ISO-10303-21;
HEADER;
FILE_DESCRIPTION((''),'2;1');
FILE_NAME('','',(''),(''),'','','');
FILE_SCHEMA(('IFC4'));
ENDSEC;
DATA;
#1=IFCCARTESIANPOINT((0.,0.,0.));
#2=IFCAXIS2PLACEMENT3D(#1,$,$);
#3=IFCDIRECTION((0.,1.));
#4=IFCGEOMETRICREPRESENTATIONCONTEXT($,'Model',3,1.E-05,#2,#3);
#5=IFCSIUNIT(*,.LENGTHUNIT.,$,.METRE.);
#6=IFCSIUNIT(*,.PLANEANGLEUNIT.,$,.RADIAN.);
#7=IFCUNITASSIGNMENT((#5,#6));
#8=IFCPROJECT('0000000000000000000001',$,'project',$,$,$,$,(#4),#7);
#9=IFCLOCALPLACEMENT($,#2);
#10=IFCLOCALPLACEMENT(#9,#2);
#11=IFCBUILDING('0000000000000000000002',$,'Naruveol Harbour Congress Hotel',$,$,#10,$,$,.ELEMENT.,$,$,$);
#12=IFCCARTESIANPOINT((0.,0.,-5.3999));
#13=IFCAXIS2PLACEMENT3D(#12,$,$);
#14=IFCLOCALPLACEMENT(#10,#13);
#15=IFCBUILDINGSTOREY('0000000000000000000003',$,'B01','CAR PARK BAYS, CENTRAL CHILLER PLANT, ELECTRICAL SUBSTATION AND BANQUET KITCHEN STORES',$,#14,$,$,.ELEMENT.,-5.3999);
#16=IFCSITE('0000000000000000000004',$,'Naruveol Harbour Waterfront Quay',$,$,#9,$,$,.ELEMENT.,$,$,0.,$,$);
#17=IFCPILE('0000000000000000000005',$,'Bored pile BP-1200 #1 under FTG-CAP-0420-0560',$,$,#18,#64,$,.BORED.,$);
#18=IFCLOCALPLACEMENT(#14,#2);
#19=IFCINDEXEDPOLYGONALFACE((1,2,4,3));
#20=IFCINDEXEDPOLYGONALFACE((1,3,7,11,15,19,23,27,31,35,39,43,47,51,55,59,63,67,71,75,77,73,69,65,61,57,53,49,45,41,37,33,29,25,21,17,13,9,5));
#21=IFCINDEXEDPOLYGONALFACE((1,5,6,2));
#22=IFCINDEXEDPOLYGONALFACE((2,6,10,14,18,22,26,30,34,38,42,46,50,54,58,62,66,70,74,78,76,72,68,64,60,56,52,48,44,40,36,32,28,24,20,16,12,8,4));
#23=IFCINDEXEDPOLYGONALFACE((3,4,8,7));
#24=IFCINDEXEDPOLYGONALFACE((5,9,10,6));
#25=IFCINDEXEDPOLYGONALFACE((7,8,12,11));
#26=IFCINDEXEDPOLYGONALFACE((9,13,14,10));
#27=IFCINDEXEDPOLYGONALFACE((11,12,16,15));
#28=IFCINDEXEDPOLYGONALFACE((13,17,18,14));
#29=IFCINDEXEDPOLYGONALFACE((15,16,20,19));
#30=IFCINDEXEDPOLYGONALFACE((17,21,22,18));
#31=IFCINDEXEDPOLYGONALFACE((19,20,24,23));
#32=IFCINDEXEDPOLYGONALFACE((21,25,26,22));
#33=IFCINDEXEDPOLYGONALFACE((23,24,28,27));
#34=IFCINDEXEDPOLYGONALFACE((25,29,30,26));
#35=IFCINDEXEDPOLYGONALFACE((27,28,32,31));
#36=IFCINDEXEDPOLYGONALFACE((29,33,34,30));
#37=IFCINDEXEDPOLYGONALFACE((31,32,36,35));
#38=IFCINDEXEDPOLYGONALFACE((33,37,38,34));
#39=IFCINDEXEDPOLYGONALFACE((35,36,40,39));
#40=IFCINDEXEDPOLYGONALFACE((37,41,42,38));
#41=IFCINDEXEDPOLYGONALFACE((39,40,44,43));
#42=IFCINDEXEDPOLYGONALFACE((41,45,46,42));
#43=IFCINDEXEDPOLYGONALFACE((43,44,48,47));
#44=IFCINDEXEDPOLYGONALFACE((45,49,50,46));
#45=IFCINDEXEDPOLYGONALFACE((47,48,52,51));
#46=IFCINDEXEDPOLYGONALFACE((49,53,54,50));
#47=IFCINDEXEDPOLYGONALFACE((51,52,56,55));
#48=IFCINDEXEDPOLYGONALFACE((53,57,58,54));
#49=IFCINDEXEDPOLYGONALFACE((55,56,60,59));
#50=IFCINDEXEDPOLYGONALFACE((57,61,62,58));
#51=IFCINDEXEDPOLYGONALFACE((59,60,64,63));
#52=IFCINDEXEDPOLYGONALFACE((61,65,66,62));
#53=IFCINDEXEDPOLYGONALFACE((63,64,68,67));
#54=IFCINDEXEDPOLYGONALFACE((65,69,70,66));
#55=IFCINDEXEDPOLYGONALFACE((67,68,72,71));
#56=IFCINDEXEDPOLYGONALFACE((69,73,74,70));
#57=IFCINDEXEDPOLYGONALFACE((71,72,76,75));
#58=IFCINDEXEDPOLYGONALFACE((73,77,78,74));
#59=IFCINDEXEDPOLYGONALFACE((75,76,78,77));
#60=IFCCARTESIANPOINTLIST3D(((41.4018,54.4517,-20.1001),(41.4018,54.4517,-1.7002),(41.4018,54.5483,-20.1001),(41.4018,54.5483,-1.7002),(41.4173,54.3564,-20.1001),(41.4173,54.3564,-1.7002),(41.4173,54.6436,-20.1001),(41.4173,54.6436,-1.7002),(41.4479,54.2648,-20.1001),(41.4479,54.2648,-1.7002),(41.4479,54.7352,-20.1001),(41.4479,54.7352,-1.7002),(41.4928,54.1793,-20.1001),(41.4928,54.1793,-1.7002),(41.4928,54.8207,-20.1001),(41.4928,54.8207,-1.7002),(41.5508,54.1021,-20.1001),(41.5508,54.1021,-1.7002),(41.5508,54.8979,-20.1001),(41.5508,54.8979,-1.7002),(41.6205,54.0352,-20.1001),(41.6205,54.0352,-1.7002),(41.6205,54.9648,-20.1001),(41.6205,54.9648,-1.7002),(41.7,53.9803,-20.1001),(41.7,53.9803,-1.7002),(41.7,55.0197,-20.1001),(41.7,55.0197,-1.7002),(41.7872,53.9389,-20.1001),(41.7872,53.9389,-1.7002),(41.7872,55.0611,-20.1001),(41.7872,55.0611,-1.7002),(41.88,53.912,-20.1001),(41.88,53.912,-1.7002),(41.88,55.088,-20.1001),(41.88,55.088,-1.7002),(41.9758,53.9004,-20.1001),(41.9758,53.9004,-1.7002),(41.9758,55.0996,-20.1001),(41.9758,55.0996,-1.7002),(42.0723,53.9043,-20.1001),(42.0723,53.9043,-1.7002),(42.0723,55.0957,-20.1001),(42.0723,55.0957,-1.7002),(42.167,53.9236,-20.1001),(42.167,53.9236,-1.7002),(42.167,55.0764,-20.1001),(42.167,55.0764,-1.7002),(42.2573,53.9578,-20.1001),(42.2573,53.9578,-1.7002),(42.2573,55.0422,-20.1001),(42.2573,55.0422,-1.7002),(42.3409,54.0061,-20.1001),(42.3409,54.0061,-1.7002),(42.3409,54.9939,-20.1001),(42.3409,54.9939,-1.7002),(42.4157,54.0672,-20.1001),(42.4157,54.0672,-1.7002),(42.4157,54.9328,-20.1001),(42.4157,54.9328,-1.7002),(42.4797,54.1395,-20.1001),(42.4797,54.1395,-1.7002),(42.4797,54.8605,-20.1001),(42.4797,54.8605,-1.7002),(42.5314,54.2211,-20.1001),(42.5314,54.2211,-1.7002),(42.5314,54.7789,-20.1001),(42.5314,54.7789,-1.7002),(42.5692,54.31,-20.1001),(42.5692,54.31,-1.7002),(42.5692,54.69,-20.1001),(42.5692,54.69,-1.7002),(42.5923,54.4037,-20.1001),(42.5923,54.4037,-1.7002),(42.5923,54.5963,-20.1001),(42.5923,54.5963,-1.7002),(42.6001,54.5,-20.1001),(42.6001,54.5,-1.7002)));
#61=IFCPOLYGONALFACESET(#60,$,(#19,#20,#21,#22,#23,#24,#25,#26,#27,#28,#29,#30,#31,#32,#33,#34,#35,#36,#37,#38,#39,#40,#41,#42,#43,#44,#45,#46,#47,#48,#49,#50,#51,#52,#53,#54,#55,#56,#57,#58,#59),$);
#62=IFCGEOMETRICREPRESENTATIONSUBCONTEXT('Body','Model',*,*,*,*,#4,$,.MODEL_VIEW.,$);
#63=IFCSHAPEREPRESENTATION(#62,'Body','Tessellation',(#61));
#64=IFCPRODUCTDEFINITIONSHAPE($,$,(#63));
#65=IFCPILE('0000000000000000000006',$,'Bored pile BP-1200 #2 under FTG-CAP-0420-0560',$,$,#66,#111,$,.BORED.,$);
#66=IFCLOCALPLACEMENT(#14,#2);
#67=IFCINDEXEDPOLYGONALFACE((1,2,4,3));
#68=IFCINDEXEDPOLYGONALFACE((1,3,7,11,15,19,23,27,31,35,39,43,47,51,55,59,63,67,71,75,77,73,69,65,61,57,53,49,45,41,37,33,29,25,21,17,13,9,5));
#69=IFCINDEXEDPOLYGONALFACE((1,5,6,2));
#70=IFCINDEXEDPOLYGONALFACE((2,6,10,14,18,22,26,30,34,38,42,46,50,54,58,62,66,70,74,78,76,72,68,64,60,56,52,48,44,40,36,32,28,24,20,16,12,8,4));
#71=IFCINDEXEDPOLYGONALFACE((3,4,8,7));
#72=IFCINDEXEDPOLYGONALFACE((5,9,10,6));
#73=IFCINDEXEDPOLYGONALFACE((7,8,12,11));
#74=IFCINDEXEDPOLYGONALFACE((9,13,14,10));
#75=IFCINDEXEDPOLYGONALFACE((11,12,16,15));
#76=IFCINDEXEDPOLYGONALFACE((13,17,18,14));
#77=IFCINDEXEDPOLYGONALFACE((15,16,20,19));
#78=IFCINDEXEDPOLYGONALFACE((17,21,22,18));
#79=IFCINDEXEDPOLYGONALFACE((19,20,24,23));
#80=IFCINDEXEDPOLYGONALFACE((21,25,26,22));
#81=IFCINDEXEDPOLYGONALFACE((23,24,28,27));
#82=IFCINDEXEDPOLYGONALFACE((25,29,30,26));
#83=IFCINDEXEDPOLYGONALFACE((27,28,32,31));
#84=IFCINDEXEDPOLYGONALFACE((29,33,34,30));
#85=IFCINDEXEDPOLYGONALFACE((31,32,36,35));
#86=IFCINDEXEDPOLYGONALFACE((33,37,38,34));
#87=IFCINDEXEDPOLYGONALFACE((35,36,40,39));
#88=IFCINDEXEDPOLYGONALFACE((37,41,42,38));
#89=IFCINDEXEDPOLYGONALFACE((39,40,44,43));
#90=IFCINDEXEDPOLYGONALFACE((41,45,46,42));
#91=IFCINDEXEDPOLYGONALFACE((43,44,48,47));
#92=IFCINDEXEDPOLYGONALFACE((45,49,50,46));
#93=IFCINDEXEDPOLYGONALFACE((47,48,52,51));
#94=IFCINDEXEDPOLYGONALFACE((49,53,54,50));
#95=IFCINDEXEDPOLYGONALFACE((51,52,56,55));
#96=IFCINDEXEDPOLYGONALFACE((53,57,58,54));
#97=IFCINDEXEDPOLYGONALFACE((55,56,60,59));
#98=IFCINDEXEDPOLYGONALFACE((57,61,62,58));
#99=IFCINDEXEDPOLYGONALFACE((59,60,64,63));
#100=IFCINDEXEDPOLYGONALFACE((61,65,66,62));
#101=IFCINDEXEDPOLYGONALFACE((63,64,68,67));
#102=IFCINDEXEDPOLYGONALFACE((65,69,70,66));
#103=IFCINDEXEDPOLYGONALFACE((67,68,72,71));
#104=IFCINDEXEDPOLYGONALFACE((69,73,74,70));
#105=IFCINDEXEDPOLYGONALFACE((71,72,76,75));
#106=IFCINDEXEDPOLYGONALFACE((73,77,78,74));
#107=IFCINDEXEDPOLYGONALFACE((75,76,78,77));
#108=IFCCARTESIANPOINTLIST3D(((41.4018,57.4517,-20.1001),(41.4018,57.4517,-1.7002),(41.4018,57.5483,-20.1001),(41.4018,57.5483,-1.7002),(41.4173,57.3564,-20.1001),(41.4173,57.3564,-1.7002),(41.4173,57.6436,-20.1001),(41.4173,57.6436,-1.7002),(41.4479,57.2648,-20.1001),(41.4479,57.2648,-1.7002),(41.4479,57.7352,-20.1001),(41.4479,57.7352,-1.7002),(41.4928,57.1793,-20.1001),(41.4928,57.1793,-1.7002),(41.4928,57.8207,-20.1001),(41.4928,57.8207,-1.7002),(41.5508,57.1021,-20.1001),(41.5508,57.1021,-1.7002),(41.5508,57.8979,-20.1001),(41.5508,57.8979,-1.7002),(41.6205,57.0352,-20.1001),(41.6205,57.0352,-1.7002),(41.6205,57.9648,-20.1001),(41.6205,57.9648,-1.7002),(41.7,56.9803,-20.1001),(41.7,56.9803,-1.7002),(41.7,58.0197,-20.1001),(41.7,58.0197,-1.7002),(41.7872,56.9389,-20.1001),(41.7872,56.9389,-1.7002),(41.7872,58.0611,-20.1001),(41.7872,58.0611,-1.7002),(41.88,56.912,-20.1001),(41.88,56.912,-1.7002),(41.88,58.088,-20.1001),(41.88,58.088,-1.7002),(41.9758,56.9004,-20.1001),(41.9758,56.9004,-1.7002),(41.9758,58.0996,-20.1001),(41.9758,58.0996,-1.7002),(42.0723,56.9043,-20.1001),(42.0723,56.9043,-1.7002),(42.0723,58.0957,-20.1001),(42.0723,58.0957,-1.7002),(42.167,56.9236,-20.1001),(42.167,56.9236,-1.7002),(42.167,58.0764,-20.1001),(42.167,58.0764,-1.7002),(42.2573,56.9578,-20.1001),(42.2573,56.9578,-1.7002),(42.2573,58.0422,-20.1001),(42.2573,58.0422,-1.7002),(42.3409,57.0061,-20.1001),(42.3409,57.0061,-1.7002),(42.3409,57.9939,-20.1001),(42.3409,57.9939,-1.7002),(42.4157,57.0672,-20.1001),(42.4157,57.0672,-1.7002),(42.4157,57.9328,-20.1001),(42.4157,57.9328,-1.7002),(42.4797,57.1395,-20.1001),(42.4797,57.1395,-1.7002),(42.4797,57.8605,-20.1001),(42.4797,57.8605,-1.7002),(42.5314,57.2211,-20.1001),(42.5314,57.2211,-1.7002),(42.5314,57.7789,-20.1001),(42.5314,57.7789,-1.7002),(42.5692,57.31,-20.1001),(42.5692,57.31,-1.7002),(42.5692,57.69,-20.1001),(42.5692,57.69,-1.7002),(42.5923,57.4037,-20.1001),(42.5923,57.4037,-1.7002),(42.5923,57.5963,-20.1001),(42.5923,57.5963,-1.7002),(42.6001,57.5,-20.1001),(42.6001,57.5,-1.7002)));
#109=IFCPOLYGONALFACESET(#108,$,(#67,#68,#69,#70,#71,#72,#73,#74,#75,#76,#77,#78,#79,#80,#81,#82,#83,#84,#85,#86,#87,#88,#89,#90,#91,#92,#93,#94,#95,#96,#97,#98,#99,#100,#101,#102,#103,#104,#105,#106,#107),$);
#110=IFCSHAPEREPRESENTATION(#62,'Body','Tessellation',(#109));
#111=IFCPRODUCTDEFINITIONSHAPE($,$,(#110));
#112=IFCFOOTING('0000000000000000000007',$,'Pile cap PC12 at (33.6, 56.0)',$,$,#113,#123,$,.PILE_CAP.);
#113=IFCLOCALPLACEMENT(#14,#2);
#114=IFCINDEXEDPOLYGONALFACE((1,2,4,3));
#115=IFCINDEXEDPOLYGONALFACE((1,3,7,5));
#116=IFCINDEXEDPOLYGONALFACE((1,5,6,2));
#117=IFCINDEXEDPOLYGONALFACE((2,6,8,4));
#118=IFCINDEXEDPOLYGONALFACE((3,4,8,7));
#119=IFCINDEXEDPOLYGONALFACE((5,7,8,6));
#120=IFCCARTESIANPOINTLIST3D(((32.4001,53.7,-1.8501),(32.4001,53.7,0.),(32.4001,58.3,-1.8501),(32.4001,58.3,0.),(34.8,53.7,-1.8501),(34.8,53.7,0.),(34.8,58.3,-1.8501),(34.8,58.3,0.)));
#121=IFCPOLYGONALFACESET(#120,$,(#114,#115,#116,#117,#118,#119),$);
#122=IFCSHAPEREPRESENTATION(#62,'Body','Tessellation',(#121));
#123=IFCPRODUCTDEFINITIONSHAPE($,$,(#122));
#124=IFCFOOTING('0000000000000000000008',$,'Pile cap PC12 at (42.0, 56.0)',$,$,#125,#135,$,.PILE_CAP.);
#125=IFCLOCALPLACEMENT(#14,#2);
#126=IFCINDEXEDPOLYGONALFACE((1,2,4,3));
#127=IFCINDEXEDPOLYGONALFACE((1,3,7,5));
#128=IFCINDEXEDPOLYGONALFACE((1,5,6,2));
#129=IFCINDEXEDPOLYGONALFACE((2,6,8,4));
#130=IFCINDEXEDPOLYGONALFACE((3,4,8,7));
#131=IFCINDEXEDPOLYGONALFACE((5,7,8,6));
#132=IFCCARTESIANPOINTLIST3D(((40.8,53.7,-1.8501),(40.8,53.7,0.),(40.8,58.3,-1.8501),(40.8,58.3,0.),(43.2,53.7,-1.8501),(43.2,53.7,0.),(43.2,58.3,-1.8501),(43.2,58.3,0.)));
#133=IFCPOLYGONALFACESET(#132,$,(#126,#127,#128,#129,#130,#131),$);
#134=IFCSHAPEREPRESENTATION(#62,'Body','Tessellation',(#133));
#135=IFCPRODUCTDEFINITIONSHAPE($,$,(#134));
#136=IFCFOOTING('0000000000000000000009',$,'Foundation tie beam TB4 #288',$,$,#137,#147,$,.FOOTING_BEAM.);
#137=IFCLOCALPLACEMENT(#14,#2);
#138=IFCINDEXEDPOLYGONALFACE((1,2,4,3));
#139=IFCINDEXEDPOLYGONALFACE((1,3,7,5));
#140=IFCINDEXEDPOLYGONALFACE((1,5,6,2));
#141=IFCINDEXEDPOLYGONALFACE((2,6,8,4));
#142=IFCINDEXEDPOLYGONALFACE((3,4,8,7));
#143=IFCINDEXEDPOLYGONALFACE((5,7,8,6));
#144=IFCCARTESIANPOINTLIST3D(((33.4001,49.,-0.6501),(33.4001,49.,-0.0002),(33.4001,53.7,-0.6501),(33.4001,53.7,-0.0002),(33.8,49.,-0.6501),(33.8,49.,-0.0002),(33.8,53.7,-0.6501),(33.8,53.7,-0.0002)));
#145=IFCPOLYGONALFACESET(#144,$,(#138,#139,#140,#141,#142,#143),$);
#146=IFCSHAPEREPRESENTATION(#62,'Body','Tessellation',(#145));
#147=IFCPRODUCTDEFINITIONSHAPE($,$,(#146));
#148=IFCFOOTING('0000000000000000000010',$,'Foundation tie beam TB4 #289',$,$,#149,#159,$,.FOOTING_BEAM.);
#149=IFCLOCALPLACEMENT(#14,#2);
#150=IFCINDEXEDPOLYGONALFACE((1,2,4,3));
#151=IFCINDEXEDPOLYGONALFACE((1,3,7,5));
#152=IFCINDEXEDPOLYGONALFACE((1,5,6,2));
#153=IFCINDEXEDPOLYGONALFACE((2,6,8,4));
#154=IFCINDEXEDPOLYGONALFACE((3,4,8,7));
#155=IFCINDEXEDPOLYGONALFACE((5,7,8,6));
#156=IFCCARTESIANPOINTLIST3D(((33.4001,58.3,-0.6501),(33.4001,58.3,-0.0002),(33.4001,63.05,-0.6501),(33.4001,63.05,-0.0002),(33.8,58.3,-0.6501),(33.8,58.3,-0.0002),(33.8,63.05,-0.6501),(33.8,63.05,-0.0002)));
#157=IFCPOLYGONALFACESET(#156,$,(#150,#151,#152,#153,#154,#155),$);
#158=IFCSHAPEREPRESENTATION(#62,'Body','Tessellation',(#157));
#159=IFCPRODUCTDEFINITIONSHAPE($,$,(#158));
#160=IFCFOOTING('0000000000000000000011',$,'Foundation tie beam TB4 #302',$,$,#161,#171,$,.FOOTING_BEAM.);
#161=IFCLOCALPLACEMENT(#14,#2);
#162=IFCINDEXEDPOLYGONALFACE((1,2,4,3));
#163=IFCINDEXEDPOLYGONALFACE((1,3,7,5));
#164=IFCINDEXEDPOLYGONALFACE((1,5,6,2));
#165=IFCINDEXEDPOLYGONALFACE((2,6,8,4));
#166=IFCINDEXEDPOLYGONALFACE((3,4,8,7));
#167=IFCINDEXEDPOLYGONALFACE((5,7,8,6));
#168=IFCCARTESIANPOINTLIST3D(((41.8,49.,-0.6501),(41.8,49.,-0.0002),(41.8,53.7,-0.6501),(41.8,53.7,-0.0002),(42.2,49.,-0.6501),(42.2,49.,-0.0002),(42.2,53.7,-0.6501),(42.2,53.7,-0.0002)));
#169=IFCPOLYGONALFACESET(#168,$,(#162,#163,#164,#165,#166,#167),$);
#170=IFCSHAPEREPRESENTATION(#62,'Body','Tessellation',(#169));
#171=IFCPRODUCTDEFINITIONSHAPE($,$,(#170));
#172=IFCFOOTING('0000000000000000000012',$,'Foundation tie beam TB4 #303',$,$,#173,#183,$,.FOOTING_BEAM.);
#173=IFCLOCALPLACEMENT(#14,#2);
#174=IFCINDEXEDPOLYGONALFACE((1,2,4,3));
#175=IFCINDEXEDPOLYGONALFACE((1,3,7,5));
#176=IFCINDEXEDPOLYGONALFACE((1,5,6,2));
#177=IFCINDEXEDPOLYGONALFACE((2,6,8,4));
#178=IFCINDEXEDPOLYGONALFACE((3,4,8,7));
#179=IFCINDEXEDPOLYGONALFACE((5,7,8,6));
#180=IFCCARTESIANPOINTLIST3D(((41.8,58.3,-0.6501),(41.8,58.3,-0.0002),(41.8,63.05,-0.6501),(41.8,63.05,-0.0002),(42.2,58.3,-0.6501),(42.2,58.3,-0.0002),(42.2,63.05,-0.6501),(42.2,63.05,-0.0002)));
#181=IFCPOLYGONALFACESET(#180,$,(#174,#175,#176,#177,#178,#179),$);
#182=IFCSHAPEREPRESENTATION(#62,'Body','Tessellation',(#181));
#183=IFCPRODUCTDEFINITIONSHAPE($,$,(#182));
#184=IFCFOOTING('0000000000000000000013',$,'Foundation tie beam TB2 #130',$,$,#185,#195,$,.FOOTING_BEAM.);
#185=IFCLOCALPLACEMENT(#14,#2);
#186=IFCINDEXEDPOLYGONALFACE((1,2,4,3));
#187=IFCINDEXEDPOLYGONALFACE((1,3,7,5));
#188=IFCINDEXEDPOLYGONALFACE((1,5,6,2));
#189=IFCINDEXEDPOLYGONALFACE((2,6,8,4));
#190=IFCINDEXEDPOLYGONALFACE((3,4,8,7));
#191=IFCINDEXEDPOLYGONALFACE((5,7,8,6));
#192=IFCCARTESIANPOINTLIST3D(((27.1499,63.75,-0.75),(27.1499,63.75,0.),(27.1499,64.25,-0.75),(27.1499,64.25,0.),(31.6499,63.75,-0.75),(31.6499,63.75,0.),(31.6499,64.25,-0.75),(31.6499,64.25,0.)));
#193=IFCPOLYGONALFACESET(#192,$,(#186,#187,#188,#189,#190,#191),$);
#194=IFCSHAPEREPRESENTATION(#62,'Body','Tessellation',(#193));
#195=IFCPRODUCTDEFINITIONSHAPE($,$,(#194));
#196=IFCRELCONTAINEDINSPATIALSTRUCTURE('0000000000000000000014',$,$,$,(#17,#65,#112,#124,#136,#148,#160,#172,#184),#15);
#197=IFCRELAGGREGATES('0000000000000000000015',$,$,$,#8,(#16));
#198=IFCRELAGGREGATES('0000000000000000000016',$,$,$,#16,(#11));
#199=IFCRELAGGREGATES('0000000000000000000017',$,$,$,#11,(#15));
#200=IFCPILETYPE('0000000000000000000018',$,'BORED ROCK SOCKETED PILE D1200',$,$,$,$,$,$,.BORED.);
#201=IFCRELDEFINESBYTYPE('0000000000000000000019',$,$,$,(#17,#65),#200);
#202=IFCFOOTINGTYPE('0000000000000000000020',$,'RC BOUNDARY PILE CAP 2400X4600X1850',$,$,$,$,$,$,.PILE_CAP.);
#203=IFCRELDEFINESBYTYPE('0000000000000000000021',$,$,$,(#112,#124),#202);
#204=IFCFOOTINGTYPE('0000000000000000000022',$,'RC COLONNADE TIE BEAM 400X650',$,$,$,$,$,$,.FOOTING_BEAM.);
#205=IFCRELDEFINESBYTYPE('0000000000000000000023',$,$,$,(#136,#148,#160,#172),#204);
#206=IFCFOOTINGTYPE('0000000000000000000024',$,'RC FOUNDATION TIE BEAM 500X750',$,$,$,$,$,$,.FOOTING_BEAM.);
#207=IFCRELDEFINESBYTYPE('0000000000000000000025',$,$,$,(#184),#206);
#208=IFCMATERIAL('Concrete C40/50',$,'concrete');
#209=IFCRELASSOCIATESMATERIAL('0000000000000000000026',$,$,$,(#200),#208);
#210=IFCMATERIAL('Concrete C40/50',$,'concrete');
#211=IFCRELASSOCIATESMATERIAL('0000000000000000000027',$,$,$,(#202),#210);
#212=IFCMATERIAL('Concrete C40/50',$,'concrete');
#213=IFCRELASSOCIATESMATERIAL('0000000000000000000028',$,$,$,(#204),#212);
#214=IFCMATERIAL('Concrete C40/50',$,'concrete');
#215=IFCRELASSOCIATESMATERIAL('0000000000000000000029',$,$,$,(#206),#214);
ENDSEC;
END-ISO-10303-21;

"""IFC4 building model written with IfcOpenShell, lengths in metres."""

from ifc_helpers import new_model, si_unit, direction, frame, origin, origin_2d, place, context, subcontext, project, spatial, rectangle, circle, extrude, material, material_profile, profile_set, type_object, element, save


model = new_model("IFC4")

# Units and contexts
model_context = context("Model", 3, precision=1e-05, world=origin(), true_north=direction((0.0, 1.0)))
body_context = subcontext(model_context, "Body", "Model", "MODEL_VIEW")
ifc_project = project(units=[si_unit("LENGTHUNIT", "METRE"), si_unit("PLANEANGLEUNIT", "RADIAN")], contexts=[model_context])

# Site, building, storey
site_placement = place(None, origin())
site = spatial("IfcSite", under=ifc_project, at=site_placement, Name="Naruveol Harbour Waterfront Quay", CompositionType="ELEMENT", RefElevation=0.0)
building_placement = place(site_placement, origin())
building = spatial("IfcBuilding", under=site, at=building_placement, Name="Naruveol Harbour Congress Hotel", CompositionType="ELEMENT")
storey_placement = place(building_placement, frame((0.0, 0.0, -5.3999)))
storey = spatial("IfcBuildingStorey", under=building, at=storey_placement, Name="B01", Description="CAR PARK BAYS, CENTRAL CHILLER PLANT, ELECTRICAL SUBSTATION AND BANQUET KITCHEN STORES", CompositionType="ELEMENT", Elevation=-5.3999)

# Piles
ifc_material_1 = material(Name="Concrete C40/50", Category="concrete")
ifc_material_profile_1 = material_profile(ifc_material_1, circle(Radius=0.6001, at=origin_2d()), Name="BP-1200")
ifc_profile_set_1 = profile_set([ifc_material_profile_1], Name="Concrete C40/50")
pile_type_1 = type_object("IfcPileType", Name="BORED ROCK SOCKETED PILE D1200", PredefinedType="BORED", material=ifc_profile_set_1)
for number, where, z_axis, x_axis, name in (
    (1, (42.0, 54.5, -1.7002), (0.0, 0.0, -1.0), (1.0, 0.0, 0.0), "Bored pile BP-1200 #1 under FTG-CAP-0420-0560"),
    (2, (42.0, 57.5, -1.7002), (0.0, 0.0, -1.0), (1.0, 0.0, 0.0), "Bored pile BP-1200 #2 under FTG-CAP-0420-0560"),
):
    element("IfcPile", number, at=place(storey_placement, frame(where, z_axis=z_axis, x_axis=x_axis)), inside=storey, type_object=pile_type_1, Name=name, PredefinedType="BORED", context=body_context, shape_type="SweptSolid", body=[
        extrude(circle(Radius=0.6001, at=origin_2d()), origin(), (0.0, 0.0, 1.0), 18.3999),
    ])

# Footings
ifc_material_2 = material(Name="Concrete C40/50", Category="concrete")
footing_type_1 = type_object("IfcFootingType", Name="RC BOUNDARY PILE CAP 2400X4600X1850", PredefinedType="PILE_CAP", material=ifc_material_2)
for number, where, z_axis, x_axis, name in (
    (3, (33.6001, 56.0, -1.8501), (0.0, 0.0, 1.0), (1.0, 0.0, 0.0), "Pile cap PC12 at (33.6, 56.0)"),
    (4, (42.0, 56.0, -1.8501), (0.0, 0.0, 1.0), (1.0, 0.0, 0.0), "Pile cap PC12 at (42.0, 56.0)"),
):
    element("IfcFooting", number, at=place(storey_placement, frame(where, z_axis=z_axis, x_axis=x_axis)), inside=storey, type_object=footing_type_1, Name=name, PredefinedType="PILE_CAP", context=body_context, shape_type="SweptSolid", body=[
        extrude(rectangle(XDim=2.3999, YDim=4.6001, at=origin_2d()), origin(), (0.0, 0.0, 1.0), 1.8501),
    ])
ifc_material_3 = material(Name="Concrete C40/50", Category="concrete")
ifc_material_profile_2 = material_profile(ifc_material_3, rectangle(XDim=0.3999, YDim=0.6499, at=origin_2d()), Name="RCB-400x650")
ifc_profile_set_2 = profile_set([ifc_material_profile_2], Name="Concrete C40/50")
footing_type_2 = type_object("IfcFootingType", Name="RC COLONNADE TIE BEAM 400X650", PredefinedType="FOOTING_BEAM", material=ifc_profile_set_2)
footing_1_placement = place(storey_placement, frame((33.6001, 49.0, -0.3252), z_axis=(0.0, 1.0, 0.0), x_axis=(-1.0, 0.0, 0.0)))
element("IfcFooting", 5, at=footing_1_placement, inside=storey, type_object=footing_type_2, Name="Foundation tie beam TB4 #288", PredefinedType="FOOTING_BEAM", context=body_context, shape_type="SweptSolid", body=[
    extrude(rectangle(XDim=0.3999, YDim=0.6499, at=origin_2d()), origin(), (0.0, 0.0, 1.0), 4.7),
])
footing_2_placement = place(storey_placement, frame((33.6001, 58.3, -0.3252), z_axis=(0.0, 1.0, 0.0), x_axis=(-1.0, 0.0, 0.0)))
element("IfcFooting", 6, at=footing_2_placement, inside=storey, type_object=footing_type_2, Name="Foundation tie beam TB4 #289", PredefinedType="FOOTING_BEAM", context=body_context, shape_type="SweptSolid", body=[
    extrude(rectangle(XDim=0.3999, YDim=0.6499, at=origin_2d()), origin(), (0.0, 0.0, 1.0), 4.75),
])
footing_3_placement = place(storey_placement, frame((42.0, 49.0, -0.3252), z_axis=(0.0, 1.0, 0.0), x_axis=(-1.0, 0.0, 0.0)))
element("IfcFooting", 7, at=footing_3_placement, inside=storey, type_object=footing_type_2, Name="Foundation tie beam TB4 #302", PredefinedType="FOOTING_BEAM", context=body_context, shape_type="SweptSolid", body=[
    extrude(rectangle(XDim=0.3999, YDim=0.6499, at=origin_2d()), origin(), (0.0, 0.0, 1.0), 4.7),
])
footing_4_placement = place(storey_placement, frame((42.0, 58.3, -0.3252), z_axis=(0.0, 1.0, 0.0), x_axis=(-1.0, 0.0, 0.0)))
element("IfcFooting", 8, at=footing_4_placement, inside=storey, type_object=footing_type_2, Name="Foundation tie beam TB4 #303", PredefinedType="FOOTING_BEAM", context=body_context, shape_type="SweptSolid", body=[
    extrude(rectangle(XDim=0.3999, YDim=0.6499, at=origin_2d()), origin(), (0.0, 0.0, 1.0), 4.75),
])
ifc_material_4 = material(Name="Concrete C40/50", Category="concrete")
ifc_material_profile_3 = material_profile(ifc_material_4, rectangle(XDim=0.5, YDim=0.75, at=origin_2d()), Name="RCB-500x750")
ifc_profile_set_3 = profile_set([ifc_material_profile_3], Name="Concrete C40/50")
footing_type_3 = type_object("IfcFootingType", Name="RC FOUNDATION TIE BEAM 500X750", PredefinedType="FOOTING_BEAM", material=ifc_profile_set_3)
footing_5_placement = place(storey_placement, frame((27.1499, 64.0, -0.375), z_axis=(1.0, 0.0, 0.0), x_axis=(0.0, 1.0, 0.0)))
element("IfcFooting", 9, at=footing_5_placement, inside=storey, type_object=footing_type_3, Name="Foundation tie beam TB2 #130", PredefinedType="FOOTING_BEAM", context=body_context, shape_type="SweptSolid", body=[
    extrude(rectangle(XDim=0.5, YDim=0.75, at=origin_2d()), origin(), (0.0, 0.0, 1.0), 4.5),
])

save(model, "model.ifc")
